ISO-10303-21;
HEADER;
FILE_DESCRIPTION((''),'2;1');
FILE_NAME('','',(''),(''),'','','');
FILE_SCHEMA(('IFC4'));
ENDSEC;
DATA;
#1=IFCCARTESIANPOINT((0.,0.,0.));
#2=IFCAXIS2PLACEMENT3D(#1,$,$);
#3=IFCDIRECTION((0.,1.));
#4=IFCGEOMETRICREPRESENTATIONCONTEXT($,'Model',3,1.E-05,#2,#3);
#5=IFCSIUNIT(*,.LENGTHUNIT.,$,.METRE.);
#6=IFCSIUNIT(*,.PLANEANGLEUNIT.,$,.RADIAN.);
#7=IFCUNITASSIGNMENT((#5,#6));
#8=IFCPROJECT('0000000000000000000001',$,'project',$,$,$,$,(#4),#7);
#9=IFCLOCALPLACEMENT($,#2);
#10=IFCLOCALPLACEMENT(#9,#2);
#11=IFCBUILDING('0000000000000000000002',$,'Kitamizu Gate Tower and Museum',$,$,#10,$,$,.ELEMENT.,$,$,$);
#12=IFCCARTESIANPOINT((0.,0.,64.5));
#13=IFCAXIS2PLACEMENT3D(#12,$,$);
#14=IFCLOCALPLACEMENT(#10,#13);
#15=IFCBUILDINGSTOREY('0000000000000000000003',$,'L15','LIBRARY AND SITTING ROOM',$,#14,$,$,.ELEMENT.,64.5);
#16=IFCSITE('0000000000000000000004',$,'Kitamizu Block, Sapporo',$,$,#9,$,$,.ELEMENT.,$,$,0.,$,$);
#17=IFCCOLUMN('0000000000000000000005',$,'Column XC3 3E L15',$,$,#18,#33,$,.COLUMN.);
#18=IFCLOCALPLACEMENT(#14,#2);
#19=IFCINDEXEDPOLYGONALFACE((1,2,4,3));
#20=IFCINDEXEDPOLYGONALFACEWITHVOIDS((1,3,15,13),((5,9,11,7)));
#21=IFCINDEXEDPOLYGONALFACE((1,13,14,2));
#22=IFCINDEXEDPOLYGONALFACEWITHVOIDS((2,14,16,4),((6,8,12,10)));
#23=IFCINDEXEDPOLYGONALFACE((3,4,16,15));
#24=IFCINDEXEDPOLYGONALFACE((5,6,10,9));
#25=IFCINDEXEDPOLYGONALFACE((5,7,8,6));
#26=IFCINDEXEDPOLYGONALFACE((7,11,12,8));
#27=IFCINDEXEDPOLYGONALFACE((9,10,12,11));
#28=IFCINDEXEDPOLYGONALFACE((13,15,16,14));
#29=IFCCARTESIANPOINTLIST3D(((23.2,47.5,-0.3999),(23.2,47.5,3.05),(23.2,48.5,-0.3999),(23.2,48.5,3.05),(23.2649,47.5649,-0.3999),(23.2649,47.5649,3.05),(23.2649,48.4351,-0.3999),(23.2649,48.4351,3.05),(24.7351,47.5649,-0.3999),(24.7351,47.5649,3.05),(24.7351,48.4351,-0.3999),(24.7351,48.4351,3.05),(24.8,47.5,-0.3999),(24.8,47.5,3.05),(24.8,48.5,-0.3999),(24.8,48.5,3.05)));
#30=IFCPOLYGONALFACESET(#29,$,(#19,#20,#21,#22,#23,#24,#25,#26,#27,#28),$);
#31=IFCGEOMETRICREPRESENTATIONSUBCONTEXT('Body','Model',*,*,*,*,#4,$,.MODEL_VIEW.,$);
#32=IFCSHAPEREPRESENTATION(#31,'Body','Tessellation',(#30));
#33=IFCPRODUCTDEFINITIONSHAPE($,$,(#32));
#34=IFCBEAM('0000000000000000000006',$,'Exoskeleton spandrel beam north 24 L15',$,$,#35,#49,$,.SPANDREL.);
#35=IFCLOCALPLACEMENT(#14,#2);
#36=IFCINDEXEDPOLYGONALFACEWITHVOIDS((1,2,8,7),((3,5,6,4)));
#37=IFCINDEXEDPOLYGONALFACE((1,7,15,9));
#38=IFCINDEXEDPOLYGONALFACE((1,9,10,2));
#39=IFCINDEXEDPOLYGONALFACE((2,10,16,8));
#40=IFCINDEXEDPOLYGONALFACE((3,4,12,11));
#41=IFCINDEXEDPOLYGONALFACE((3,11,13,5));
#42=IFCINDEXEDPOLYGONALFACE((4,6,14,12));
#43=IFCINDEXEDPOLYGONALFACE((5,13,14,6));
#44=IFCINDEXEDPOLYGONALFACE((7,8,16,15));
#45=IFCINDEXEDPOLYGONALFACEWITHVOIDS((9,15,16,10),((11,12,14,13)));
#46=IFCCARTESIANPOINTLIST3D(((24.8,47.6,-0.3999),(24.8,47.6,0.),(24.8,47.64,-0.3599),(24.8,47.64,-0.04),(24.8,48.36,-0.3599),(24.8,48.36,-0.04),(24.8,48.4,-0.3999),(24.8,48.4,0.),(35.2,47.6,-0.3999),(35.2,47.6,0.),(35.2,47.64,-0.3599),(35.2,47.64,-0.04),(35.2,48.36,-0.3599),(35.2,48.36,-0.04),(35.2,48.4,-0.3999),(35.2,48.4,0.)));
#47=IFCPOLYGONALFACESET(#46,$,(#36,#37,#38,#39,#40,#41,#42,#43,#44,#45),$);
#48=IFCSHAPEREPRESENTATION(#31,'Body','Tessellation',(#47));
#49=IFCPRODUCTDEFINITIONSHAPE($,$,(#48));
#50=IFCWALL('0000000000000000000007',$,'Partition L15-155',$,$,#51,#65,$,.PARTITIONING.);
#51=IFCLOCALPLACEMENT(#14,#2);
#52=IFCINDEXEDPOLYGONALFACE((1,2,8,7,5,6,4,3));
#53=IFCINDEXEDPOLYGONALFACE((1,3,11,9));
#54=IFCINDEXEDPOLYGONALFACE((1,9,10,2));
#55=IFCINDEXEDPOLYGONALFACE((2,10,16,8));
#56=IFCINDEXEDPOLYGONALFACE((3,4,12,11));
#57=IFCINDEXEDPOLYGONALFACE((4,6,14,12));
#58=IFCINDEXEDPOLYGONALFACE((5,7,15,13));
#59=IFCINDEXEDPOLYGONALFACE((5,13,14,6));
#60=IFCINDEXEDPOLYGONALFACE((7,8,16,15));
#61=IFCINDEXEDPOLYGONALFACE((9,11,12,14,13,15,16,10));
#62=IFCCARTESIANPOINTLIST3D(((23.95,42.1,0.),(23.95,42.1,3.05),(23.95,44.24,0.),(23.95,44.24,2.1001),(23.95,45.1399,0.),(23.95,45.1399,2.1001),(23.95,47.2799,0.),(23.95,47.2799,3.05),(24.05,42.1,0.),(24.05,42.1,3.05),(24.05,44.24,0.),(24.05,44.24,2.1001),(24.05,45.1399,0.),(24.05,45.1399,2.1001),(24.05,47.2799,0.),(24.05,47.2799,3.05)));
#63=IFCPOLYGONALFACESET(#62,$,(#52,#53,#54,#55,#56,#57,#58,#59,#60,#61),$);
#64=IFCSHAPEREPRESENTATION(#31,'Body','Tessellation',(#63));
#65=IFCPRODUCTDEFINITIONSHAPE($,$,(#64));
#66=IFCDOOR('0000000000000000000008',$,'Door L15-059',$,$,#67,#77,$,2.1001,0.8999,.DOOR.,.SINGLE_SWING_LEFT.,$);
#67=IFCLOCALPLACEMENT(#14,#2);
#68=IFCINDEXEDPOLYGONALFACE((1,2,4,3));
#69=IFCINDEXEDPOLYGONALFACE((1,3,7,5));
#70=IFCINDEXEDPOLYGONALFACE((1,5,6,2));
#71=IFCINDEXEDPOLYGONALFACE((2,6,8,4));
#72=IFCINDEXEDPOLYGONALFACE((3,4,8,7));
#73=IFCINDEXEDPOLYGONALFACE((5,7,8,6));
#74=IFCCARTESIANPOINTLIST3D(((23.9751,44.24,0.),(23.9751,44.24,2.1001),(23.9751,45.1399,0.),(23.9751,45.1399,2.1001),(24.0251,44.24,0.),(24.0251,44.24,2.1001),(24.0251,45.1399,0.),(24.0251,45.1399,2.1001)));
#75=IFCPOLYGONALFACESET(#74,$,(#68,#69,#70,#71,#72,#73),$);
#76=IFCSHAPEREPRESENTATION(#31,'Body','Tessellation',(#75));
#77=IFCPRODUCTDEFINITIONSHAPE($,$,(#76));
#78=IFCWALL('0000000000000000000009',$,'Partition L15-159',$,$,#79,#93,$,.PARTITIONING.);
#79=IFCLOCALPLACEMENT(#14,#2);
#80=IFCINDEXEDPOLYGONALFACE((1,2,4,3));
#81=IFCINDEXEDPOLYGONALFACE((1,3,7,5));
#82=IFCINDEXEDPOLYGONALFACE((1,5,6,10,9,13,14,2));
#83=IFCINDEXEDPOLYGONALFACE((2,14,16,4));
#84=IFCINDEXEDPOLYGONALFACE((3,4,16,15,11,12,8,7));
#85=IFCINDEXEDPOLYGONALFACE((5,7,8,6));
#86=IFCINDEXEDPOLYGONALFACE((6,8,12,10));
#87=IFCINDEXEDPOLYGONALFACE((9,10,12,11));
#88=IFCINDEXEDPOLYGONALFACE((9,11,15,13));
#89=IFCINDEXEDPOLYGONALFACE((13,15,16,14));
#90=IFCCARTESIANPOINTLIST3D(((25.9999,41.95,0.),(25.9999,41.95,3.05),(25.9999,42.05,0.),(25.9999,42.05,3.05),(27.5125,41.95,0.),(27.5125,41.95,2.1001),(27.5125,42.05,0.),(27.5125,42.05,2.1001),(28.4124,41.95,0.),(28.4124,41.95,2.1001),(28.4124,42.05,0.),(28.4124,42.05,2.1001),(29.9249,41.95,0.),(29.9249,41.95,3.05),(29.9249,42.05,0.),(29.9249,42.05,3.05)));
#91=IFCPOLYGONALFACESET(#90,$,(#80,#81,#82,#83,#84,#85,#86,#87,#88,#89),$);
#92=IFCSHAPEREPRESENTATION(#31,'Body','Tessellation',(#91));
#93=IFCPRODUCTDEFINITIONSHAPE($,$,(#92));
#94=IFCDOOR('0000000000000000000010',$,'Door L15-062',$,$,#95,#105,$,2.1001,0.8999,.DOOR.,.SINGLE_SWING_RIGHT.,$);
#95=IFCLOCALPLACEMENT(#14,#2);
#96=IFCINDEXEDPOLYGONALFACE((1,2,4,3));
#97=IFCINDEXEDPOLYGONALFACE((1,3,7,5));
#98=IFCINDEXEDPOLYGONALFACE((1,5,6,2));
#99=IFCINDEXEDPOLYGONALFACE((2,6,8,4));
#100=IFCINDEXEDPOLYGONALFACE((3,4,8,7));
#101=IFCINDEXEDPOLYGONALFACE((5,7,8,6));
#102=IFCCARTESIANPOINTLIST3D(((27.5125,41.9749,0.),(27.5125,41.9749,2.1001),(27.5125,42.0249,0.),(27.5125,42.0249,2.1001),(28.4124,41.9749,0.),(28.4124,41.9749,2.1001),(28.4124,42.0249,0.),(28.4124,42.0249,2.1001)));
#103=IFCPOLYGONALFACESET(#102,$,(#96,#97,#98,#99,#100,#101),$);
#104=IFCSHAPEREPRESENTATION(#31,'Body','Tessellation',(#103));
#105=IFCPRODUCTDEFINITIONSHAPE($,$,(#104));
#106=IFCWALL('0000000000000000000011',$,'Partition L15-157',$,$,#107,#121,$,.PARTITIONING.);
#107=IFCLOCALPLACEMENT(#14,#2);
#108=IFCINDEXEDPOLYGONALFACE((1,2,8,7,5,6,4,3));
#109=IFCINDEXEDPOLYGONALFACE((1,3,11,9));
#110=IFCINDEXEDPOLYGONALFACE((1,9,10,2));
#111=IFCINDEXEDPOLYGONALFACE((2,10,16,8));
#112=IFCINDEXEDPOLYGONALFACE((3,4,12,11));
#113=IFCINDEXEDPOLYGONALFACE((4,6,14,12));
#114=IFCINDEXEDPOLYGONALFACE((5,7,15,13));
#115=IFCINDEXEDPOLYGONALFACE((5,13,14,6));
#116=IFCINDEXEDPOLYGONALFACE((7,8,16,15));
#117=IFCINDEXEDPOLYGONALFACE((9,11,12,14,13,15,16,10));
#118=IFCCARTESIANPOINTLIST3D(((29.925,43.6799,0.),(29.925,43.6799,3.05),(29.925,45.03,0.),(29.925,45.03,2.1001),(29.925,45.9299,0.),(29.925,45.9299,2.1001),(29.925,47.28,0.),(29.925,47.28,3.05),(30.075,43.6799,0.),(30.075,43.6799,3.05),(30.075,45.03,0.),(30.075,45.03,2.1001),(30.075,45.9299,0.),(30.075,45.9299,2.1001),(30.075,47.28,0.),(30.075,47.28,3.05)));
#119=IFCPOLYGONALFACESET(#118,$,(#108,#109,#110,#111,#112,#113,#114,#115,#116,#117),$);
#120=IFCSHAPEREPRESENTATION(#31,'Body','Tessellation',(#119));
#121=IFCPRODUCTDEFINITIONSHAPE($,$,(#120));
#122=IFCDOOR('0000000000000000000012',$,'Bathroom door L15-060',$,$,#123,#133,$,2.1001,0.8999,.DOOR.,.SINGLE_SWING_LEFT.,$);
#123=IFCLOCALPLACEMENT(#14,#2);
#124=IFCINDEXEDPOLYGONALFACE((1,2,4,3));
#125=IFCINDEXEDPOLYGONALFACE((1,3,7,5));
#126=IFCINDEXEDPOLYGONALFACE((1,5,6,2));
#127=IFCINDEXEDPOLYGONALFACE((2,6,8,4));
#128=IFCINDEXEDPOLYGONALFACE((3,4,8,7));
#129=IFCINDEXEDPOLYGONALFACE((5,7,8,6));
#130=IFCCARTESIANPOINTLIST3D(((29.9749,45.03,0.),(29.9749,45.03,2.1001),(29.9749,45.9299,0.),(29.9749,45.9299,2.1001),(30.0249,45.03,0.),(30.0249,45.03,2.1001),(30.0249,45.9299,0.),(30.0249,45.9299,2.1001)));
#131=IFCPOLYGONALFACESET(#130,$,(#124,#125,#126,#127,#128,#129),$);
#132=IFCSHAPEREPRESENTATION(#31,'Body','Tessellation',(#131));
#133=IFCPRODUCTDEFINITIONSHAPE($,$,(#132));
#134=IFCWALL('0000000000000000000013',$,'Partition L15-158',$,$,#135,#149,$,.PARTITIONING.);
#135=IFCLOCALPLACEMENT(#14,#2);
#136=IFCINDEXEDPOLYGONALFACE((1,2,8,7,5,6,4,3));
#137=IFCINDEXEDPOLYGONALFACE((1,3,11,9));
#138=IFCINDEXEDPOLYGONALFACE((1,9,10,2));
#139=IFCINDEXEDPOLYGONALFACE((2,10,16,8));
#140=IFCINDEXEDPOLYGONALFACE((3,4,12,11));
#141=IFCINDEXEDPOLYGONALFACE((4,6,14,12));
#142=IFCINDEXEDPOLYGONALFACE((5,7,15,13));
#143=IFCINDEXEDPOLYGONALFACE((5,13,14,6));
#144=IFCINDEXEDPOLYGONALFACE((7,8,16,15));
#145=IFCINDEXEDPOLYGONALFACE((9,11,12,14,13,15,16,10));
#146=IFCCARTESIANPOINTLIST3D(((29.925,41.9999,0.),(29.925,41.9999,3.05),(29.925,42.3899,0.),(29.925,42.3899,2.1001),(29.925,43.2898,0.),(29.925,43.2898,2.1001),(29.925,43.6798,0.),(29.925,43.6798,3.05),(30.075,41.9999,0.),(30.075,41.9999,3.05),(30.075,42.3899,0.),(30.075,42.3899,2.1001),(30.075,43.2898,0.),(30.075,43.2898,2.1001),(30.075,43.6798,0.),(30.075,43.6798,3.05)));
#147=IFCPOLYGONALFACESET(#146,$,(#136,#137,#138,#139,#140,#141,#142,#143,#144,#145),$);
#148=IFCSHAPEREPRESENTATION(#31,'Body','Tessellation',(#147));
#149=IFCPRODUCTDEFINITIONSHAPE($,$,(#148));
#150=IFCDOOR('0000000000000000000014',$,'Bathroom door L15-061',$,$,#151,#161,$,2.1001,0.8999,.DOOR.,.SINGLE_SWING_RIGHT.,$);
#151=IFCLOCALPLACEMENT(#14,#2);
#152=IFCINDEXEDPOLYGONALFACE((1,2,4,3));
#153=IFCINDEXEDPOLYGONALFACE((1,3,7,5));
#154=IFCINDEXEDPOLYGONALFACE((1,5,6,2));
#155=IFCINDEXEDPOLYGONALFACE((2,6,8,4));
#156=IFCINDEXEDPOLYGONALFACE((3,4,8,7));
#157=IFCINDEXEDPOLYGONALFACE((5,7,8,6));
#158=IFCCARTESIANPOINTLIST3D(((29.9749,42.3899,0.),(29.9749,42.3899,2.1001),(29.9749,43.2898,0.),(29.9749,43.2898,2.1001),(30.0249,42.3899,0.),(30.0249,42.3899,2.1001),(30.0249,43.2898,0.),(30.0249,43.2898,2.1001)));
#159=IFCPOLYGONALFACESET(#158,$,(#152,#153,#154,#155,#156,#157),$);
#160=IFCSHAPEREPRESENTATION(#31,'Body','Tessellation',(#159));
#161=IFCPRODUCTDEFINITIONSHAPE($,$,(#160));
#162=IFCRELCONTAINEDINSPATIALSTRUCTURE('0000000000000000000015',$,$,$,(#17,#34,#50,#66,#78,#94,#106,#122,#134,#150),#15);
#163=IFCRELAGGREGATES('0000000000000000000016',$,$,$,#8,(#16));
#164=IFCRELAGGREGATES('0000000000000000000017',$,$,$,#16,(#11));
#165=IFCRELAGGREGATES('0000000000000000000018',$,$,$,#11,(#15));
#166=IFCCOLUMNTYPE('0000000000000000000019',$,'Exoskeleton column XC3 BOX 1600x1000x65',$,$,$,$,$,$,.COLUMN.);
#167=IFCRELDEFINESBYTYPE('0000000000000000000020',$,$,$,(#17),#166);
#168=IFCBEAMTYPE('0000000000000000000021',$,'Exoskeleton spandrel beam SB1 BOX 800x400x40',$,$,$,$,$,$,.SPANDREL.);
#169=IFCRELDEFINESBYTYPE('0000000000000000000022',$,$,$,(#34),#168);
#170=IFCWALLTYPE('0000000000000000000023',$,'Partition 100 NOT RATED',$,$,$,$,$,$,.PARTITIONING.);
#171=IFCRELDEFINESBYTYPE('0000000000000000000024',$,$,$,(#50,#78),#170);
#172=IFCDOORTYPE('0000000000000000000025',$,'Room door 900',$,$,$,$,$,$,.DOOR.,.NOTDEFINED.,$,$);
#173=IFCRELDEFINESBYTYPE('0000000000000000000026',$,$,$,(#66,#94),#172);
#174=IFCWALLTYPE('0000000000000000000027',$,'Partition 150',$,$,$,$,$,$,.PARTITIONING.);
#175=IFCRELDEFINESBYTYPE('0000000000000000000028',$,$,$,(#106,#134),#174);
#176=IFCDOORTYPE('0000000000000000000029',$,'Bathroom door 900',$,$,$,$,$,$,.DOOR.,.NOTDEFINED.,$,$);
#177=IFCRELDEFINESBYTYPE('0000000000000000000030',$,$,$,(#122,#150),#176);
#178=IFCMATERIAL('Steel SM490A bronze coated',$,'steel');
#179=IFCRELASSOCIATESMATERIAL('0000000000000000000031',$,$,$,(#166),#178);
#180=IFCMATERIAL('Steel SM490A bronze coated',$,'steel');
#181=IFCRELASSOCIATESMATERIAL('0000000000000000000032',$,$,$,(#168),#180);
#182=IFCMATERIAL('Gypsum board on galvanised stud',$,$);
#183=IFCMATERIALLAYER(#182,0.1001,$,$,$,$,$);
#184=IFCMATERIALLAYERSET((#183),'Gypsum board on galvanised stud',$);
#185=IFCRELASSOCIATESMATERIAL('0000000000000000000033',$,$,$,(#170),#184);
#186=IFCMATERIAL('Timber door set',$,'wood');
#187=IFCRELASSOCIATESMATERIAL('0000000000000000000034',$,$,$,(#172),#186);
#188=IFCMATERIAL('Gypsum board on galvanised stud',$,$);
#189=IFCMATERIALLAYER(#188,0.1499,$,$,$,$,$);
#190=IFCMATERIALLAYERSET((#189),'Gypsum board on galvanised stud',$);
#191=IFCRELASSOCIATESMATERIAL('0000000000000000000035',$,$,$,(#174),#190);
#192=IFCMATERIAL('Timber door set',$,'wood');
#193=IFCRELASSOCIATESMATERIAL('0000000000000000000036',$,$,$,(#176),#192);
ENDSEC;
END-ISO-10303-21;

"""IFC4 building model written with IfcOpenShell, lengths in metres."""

from ifc_helpers import new_model, si_unit, direction, frame, frame_2d, origin, origin_2d, place, context, subcontext, project, spatial, rectangle, hollow_rectangle, extrude, material, layer, layer_set, material_profile, profile_set, type_object, element, fill, save


model = new_model("IFC4")

# Units and contexts
model_context = context("Model", 3, precision=1e-05, world=origin(), true_north=direction((0.0, 1.0)))
body_context = subcontext(model_context, "Body", "Model", "MODEL_VIEW")
ifc_project = project(units=[si_unit("LENGTHUNIT", "METRE"), si_unit("PLANEANGLEUNIT", "RADIAN")], contexts=[model_context])

# Site, building, storey
site_placement = place(None, origin())
site = spatial("IfcSite", under=ifc_project, at=site_placement, Name="Kitamizu Block, Sapporo", CompositionType="ELEMENT", RefElevation=0.0)
building_placement = place(site_placement, origin())
building = spatial("IfcBuilding", under=site, at=building_placement, Name="Kitamizu Gate Tower and Museum", CompositionType="ELEMENT")
storey_placement = place(building_placement, frame((0.0, 0.0, 64.5)))
storey = spatial("IfcBuildingStorey", under=building, at=storey_placement, Name="L15", Description="LIBRARY AND SITTING ROOM", CompositionType="ELEMENT", Elevation=64.5)

# Column
ifc_material_1 = material(Name="Steel SM490A bronze coated", Category="steel")
ifc_material_profile_1 = material_profile(ifc_material_1, hollow_rectangle(XDim=1.6001, YDim=1.0, WallThickness=0.0649, at=origin_2d()), Name="BOX 1600x1000x65")
ifc_profile_set_1 = profile_set([ifc_material_profile_1], Name="Steel SM490A bronze coated")
column_type = type_object("IfcColumnType", Name="Exoskeleton column XC3 BOX 1600x1000x65", PredefinedType="COLUMN", material=ifc_profile_set_1)
column_placement = place(storey_placement, frame((24.0, 48.0, -0.3999), z_axis=(0.0, 0.0, 1.0), x_axis=(1.0, 0.0, 0.0)))
element("IfcColumn", 1, at=column_placement, inside=storey, type_object=column_type, Name="Column XC3 3E L15", PredefinedType="COLUMN", context=body_context, shape_type="SweptSolid", body=[
    extrude(hollow_rectangle(XDim=1.6001, YDim=1.0, WallThickness=0.0649, at=origin_2d()), origin(), (0.0, 0.0, 1.0), 3.45),
])

# Beam
ifc_material_2 = material(Name="Steel SM490A bronze coated", Category="steel")
ifc_material_profile_2 = material_profile(ifc_material_2, hollow_rectangle(XDim=0.8, YDim=0.3999, WallThickness=0.04, at=origin_2d()), Name="BOX 800x400x40")
ifc_profile_set_2 = profile_set([ifc_material_profile_2], Name="Steel SM490A bronze coated")
beam_type = type_object("IfcBeamType", Name="Exoskeleton spandrel beam SB1 BOX 800x400x40", PredefinedType="SPANDREL", material=ifc_profile_set_2)
beam_placement = place(storey_placement, frame((24.8, 48.0, -0.2), z_axis=(1.0, 0.0, 0.0), x_axis=(0.0, 1.0, 0.0)))
element("IfcBeam", 2, at=beam_placement, inside=storey, type_object=beam_type, Name="Exoskeleton spandrel beam north 24 L15", PredefinedType="SPANDREL", context=body_context, shape_type="SweptSolid", body=[
    extrude(hollow_rectangle(XDim=0.8, YDim=0.3999, WallThickness=0.04, at=origin_2d()), origin(), (0.0, 0.0, 1.0), 10.3999),
])

# Walls, openings, doors
ifc_material_3 = material(Name="Gypsum board on galvanised stud")
ifc_layer_1 = layer(ifc_material_3, 0.1001)
ifc_layer_set_1 = layer_set([ifc_layer_1], Name="Gypsum board on galvanised stud")
wall_type_1 = type_object("IfcWallType", Name="Partition 100 NOT RATED", PredefinedType="PARTITIONING", material=ifc_layer_set_1)
wall_1_placement = place(storey_placement, frame((24.0, 42.1001, 0.0), z_axis=(0.0, 0.0, 1.0), x_axis=(0.0, 1.0, 0.0)))
wall_1 = element("IfcWall", 3, at=wall_1_placement, inside=storey, type_object=wall_type_1, Name="Partition L15-155", PredefinedType="PARTITIONING", context=body_context, shape_type="SweptSolid", body=[
    extrude(rectangle(XDim=5.1799, YDim=0.1001, at=frame_2d((2.5898, 0.0))), origin(), (0.0, 0.0, 1.0), 3.05),
])
opening_1_placement = place(wall_1_placement, frame((2.1399, 0.0, 0.0)))
opening_1 = element("IfcOpeningElement", 4, at=opening_1_placement, cuts=wall_1, PredefinedType="OPENING", context=body_context, shape_type="SweptSolid", body=[
    extrude(rectangle(XDim=0.8999, YDim=2.1001, at=frame_2d((0.45, 1.05))), frame((0.0, 0.0601, 0.0), z_axis=(0.0, -1.0, 0.0), x_axis=(1.0, 0.0, 0.0)), (0.0, 0.0, 1.0), 0.1201),
])
ifc_material_4 = material(Name="Timber door set", Category="wood")
door_type_1 = type_object("IfcDoorType", Name="Room door 900", OperationType="NOTDEFINED", PredefinedType="DOOR", material=ifc_material_4)
door_1_placement = place(opening_1_placement, origin())
door_1 = element("IfcDoor", 5, at=door_1_placement, inside=storey, type_object=door_type_1, Name="Door L15-059", OperationType="SINGLE_SWING_LEFT", OverallHeight=2.1001, OverallWidth=0.8999, PredefinedType="DOOR", context=body_context, shape_type="SweptSolid", body=[
    extrude(rectangle(XDim=0.8999, YDim=2.1001, at=frame_2d((0.45, 1.05))), frame((0.0, 0.0249, 0.0), z_axis=(0.0, -1.0, 0.0), x_axis=(1.0, 0.0, 0.0)), (0.0, 0.0, 1.0), 0.05),
])
fill(opening_1, door_1)
wall_2_placement = place(storey_placement, frame((26.0, 42.0, 0.0), z_axis=(0.0, 0.0, 1.0), x_axis=(1.0, 0.0, 0.0)))
wall_2 = element("IfcWall", 6, at=wall_2_placement, inside=storey, type_object=wall_type_1, Name="Partition L15-159", PredefinedType="PARTITIONING", context=body_context, shape_type="SweptSolid", body=[
    extrude(rectangle(XDim=3.925, YDim=0.1001, at=frame_2d((1.9624, 0.0))), origin(), (0.0, 0.0, 1.0), 3.05),
])
opening_2_placement = place(wall_2_placement, frame((1.5125, 0.0, 0.0)))
opening_2 = element("IfcOpeningElement", 7, at=opening_2_placement, cuts=wall_2, PredefinedType="OPENING", context=body_context, shape_type="SweptSolid", body=[
    extrude(rectangle(XDim=0.8999, YDim=2.1001, at=frame_2d((0.45, 1.05))), frame((0.0, 0.0601, 0.0), z_axis=(0.0, -1.0, 0.0), x_axis=(1.0, 0.0, 0.0)), (0.0, 0.0, 1.0), 0.1201),
])
door_2_placement = place(opening_2_placement, origin())
door_2 = element("IfcDoor", 8, at=door_2_placement, inside=storey, type_object=door_type_1, Name="Door L15-062", OperationType="SINGLE_SWING_RIGHT", OverallHeight=2.1001, OverallWidth=0.8999, PredefinedType="DOOR", context=body_context, shape_type="SweptSolid", body=[
    extrude(rectangle(XDim=0.8999, YDim=2.1001, at=frame_2d((0.45, 1.05))), frame((0.0, 0.0249, 0.0), z_axis=(0.0, -1.0, 0.0), x_axis=(1.0, 0.0, 0.0)), (0.0, 0.0, 1.0), 0.05),
])
fill(opening_2, door_2)
ifc_material_5 = material(Name="Gypsum board on galvanised stud")
ifc_layer_2 = layer(ifc_material_5, 0.1499)
ifc_layer_set_2 = layer_set([ifc_layer_2], Name="Gypsum board on galvanised stud")
wall_type_2 = type_object("IfcWallType", Name="Partition 150", PredefinedType="PARTITIONING", material=ifc_layer_set_2)
wall_3_placement = place(storey_placement, frame((30.0, 43.6799, 0.0), z_axis=(0.0, 0.0, 1.0), x_axis=(0.0, 1.0, 0.0)))
wall_3 = element("IfcWall", 9, at=wall_3_placement, inside=storey, type_object=wall_type_2, Name="Partition L15-157", PredefinedType="PARTITIONING", context=body_context, shape_type="SweptSolid", body=[
    extrude(rectangle(XDim=3.6001, YDim=0.1499, at=frame_2d((1.8, 0.0))), origin(), (0.0, 0.0, 1.0), 3.05),
])
opening_3_placement = place(wall_3_placement, frame((1.3501, 0.0, 0.0)))
opening_3 = element("IfcOpeningElement", 10, at=opening_3_placement, cuts=wall_3, PredefinedType="OPENING", context=body_context, shape_type="SweptSolid", body=[
    extrude(rectangle(XDim=0.8999, YDim=2.1001, at=frame_2d((0.45, 1.05))), frame((0.0, 0.085, 0.0), z_axis=(0.0, -1.0, 0.0), x_axis=(1.0, 0.0, 0.0)), (0.0, 0.0, 1.0), 0.1699),
])
ifc_material_6 = material(Name="Timber door set", Category="wood")
door_type_2 = type_object("IfcDoorType", Name="Bathroom door 900", OperationType="NOTDEFINED", PredefinedType="DOOR", material=ifc_material_6)
door_3_placement = place(opening_3_placement, frame((0.8999, 0.0, 0.0), x_axis=(-1.0, 0.0, 0.0)))
door_3 = element("IfcDoor", 11, at=door_3_placement, inside=storey, type_object=door_type_2, Name="Bathroom door L15-060", OperationType="SINGLE_SWING_LEFT", OverallHeight=2.1001, OverallWidth=0.8999, PredefinedType="DOOR", context=body_context, shape_type="SweptSolid", body=[
    extrude(rectangle(XDim=0.8999, YDim=2.1001, at=frame_2d((0.45, 1.05))), frame((0.0, 0.0249, 0.0), z_axis=(0.0, -1.0, 0.0), x_axis=(1.0, 0.0, 0.0)), (0.0, 0.0, 1.0), 0.05),
])
fill(opening_3, door_3)
wall_4_placement = place(storey_placement, frame((30.0, 42.0, 0.0), z_axis=(0.0, 0.0, 1.0), x_axis=(0.0, 1.0, 0.0)))
wall_4 = element("IfcWall", 12, at=wall_4_placement, inside=storey, type_object=wall_type_2, Name="Partition L15-158", PredefinedType="PARTITIONING", context=body_context, shape_type="SweptSolid", body=[
    extrude(rectangle(XDim=1.6799, YDim=0.1499, at=frame_2d((0.8398, 0.0))), origin(), (0.0, 0.0, 1.0), 3.05),
])
opening_4_placement = place(wall_4_placement, frame((0.3899, 0.0, 0.0)))
opening_4 = element("IfcOpeningElement", 13, at=opening_4_placement, cuts=wall_4, PredefinedType="OPENING", context=body_context, shape_type="SweptSolid", body=[
    extrude(rectangle(XDim=0.8999, YDim=2.1001, at=frame_2d((0.45, 1.05))), frame((0.0, 0.085, 0.0), z_axis=(0.0, -1.0, 0.0), x_axis=(1.0, 0.0, 0.0)), (0.0, 0.0, 1.0), 0.1699),
])
door_4_placement = place(opening_4_placement, frame((0.8999, 0.0, 0.0), x_axis=(-1.0, 0.0, 0.0)))
door_4 = element("IfcDoor", 14, at=door_4_placement, inside=storey, type_object=door_type_2, Name="Bathroom door L15-061", OperationType="SINGLE_SWING_RIGHT", OverallHeight=2.1001, OverallWidth=0.8999, PredefinedType="DOOR", context=body_context, shape_type="SweptSolid", body=[
    extrude(rectangle(XDim=0.8999, YDim=2.1001, at=frame_2d((0.45, 1.05))), frame((0.0, 0.0249, 0.0), z_axis=(0.0, -1.0, 0.0), x_axis=(1.0, 0.0, 0.0)), (0.0, 0.0, 1.0), 0.05),
])
fill(opening_4, door_4)

save(model, "model.ifc")
